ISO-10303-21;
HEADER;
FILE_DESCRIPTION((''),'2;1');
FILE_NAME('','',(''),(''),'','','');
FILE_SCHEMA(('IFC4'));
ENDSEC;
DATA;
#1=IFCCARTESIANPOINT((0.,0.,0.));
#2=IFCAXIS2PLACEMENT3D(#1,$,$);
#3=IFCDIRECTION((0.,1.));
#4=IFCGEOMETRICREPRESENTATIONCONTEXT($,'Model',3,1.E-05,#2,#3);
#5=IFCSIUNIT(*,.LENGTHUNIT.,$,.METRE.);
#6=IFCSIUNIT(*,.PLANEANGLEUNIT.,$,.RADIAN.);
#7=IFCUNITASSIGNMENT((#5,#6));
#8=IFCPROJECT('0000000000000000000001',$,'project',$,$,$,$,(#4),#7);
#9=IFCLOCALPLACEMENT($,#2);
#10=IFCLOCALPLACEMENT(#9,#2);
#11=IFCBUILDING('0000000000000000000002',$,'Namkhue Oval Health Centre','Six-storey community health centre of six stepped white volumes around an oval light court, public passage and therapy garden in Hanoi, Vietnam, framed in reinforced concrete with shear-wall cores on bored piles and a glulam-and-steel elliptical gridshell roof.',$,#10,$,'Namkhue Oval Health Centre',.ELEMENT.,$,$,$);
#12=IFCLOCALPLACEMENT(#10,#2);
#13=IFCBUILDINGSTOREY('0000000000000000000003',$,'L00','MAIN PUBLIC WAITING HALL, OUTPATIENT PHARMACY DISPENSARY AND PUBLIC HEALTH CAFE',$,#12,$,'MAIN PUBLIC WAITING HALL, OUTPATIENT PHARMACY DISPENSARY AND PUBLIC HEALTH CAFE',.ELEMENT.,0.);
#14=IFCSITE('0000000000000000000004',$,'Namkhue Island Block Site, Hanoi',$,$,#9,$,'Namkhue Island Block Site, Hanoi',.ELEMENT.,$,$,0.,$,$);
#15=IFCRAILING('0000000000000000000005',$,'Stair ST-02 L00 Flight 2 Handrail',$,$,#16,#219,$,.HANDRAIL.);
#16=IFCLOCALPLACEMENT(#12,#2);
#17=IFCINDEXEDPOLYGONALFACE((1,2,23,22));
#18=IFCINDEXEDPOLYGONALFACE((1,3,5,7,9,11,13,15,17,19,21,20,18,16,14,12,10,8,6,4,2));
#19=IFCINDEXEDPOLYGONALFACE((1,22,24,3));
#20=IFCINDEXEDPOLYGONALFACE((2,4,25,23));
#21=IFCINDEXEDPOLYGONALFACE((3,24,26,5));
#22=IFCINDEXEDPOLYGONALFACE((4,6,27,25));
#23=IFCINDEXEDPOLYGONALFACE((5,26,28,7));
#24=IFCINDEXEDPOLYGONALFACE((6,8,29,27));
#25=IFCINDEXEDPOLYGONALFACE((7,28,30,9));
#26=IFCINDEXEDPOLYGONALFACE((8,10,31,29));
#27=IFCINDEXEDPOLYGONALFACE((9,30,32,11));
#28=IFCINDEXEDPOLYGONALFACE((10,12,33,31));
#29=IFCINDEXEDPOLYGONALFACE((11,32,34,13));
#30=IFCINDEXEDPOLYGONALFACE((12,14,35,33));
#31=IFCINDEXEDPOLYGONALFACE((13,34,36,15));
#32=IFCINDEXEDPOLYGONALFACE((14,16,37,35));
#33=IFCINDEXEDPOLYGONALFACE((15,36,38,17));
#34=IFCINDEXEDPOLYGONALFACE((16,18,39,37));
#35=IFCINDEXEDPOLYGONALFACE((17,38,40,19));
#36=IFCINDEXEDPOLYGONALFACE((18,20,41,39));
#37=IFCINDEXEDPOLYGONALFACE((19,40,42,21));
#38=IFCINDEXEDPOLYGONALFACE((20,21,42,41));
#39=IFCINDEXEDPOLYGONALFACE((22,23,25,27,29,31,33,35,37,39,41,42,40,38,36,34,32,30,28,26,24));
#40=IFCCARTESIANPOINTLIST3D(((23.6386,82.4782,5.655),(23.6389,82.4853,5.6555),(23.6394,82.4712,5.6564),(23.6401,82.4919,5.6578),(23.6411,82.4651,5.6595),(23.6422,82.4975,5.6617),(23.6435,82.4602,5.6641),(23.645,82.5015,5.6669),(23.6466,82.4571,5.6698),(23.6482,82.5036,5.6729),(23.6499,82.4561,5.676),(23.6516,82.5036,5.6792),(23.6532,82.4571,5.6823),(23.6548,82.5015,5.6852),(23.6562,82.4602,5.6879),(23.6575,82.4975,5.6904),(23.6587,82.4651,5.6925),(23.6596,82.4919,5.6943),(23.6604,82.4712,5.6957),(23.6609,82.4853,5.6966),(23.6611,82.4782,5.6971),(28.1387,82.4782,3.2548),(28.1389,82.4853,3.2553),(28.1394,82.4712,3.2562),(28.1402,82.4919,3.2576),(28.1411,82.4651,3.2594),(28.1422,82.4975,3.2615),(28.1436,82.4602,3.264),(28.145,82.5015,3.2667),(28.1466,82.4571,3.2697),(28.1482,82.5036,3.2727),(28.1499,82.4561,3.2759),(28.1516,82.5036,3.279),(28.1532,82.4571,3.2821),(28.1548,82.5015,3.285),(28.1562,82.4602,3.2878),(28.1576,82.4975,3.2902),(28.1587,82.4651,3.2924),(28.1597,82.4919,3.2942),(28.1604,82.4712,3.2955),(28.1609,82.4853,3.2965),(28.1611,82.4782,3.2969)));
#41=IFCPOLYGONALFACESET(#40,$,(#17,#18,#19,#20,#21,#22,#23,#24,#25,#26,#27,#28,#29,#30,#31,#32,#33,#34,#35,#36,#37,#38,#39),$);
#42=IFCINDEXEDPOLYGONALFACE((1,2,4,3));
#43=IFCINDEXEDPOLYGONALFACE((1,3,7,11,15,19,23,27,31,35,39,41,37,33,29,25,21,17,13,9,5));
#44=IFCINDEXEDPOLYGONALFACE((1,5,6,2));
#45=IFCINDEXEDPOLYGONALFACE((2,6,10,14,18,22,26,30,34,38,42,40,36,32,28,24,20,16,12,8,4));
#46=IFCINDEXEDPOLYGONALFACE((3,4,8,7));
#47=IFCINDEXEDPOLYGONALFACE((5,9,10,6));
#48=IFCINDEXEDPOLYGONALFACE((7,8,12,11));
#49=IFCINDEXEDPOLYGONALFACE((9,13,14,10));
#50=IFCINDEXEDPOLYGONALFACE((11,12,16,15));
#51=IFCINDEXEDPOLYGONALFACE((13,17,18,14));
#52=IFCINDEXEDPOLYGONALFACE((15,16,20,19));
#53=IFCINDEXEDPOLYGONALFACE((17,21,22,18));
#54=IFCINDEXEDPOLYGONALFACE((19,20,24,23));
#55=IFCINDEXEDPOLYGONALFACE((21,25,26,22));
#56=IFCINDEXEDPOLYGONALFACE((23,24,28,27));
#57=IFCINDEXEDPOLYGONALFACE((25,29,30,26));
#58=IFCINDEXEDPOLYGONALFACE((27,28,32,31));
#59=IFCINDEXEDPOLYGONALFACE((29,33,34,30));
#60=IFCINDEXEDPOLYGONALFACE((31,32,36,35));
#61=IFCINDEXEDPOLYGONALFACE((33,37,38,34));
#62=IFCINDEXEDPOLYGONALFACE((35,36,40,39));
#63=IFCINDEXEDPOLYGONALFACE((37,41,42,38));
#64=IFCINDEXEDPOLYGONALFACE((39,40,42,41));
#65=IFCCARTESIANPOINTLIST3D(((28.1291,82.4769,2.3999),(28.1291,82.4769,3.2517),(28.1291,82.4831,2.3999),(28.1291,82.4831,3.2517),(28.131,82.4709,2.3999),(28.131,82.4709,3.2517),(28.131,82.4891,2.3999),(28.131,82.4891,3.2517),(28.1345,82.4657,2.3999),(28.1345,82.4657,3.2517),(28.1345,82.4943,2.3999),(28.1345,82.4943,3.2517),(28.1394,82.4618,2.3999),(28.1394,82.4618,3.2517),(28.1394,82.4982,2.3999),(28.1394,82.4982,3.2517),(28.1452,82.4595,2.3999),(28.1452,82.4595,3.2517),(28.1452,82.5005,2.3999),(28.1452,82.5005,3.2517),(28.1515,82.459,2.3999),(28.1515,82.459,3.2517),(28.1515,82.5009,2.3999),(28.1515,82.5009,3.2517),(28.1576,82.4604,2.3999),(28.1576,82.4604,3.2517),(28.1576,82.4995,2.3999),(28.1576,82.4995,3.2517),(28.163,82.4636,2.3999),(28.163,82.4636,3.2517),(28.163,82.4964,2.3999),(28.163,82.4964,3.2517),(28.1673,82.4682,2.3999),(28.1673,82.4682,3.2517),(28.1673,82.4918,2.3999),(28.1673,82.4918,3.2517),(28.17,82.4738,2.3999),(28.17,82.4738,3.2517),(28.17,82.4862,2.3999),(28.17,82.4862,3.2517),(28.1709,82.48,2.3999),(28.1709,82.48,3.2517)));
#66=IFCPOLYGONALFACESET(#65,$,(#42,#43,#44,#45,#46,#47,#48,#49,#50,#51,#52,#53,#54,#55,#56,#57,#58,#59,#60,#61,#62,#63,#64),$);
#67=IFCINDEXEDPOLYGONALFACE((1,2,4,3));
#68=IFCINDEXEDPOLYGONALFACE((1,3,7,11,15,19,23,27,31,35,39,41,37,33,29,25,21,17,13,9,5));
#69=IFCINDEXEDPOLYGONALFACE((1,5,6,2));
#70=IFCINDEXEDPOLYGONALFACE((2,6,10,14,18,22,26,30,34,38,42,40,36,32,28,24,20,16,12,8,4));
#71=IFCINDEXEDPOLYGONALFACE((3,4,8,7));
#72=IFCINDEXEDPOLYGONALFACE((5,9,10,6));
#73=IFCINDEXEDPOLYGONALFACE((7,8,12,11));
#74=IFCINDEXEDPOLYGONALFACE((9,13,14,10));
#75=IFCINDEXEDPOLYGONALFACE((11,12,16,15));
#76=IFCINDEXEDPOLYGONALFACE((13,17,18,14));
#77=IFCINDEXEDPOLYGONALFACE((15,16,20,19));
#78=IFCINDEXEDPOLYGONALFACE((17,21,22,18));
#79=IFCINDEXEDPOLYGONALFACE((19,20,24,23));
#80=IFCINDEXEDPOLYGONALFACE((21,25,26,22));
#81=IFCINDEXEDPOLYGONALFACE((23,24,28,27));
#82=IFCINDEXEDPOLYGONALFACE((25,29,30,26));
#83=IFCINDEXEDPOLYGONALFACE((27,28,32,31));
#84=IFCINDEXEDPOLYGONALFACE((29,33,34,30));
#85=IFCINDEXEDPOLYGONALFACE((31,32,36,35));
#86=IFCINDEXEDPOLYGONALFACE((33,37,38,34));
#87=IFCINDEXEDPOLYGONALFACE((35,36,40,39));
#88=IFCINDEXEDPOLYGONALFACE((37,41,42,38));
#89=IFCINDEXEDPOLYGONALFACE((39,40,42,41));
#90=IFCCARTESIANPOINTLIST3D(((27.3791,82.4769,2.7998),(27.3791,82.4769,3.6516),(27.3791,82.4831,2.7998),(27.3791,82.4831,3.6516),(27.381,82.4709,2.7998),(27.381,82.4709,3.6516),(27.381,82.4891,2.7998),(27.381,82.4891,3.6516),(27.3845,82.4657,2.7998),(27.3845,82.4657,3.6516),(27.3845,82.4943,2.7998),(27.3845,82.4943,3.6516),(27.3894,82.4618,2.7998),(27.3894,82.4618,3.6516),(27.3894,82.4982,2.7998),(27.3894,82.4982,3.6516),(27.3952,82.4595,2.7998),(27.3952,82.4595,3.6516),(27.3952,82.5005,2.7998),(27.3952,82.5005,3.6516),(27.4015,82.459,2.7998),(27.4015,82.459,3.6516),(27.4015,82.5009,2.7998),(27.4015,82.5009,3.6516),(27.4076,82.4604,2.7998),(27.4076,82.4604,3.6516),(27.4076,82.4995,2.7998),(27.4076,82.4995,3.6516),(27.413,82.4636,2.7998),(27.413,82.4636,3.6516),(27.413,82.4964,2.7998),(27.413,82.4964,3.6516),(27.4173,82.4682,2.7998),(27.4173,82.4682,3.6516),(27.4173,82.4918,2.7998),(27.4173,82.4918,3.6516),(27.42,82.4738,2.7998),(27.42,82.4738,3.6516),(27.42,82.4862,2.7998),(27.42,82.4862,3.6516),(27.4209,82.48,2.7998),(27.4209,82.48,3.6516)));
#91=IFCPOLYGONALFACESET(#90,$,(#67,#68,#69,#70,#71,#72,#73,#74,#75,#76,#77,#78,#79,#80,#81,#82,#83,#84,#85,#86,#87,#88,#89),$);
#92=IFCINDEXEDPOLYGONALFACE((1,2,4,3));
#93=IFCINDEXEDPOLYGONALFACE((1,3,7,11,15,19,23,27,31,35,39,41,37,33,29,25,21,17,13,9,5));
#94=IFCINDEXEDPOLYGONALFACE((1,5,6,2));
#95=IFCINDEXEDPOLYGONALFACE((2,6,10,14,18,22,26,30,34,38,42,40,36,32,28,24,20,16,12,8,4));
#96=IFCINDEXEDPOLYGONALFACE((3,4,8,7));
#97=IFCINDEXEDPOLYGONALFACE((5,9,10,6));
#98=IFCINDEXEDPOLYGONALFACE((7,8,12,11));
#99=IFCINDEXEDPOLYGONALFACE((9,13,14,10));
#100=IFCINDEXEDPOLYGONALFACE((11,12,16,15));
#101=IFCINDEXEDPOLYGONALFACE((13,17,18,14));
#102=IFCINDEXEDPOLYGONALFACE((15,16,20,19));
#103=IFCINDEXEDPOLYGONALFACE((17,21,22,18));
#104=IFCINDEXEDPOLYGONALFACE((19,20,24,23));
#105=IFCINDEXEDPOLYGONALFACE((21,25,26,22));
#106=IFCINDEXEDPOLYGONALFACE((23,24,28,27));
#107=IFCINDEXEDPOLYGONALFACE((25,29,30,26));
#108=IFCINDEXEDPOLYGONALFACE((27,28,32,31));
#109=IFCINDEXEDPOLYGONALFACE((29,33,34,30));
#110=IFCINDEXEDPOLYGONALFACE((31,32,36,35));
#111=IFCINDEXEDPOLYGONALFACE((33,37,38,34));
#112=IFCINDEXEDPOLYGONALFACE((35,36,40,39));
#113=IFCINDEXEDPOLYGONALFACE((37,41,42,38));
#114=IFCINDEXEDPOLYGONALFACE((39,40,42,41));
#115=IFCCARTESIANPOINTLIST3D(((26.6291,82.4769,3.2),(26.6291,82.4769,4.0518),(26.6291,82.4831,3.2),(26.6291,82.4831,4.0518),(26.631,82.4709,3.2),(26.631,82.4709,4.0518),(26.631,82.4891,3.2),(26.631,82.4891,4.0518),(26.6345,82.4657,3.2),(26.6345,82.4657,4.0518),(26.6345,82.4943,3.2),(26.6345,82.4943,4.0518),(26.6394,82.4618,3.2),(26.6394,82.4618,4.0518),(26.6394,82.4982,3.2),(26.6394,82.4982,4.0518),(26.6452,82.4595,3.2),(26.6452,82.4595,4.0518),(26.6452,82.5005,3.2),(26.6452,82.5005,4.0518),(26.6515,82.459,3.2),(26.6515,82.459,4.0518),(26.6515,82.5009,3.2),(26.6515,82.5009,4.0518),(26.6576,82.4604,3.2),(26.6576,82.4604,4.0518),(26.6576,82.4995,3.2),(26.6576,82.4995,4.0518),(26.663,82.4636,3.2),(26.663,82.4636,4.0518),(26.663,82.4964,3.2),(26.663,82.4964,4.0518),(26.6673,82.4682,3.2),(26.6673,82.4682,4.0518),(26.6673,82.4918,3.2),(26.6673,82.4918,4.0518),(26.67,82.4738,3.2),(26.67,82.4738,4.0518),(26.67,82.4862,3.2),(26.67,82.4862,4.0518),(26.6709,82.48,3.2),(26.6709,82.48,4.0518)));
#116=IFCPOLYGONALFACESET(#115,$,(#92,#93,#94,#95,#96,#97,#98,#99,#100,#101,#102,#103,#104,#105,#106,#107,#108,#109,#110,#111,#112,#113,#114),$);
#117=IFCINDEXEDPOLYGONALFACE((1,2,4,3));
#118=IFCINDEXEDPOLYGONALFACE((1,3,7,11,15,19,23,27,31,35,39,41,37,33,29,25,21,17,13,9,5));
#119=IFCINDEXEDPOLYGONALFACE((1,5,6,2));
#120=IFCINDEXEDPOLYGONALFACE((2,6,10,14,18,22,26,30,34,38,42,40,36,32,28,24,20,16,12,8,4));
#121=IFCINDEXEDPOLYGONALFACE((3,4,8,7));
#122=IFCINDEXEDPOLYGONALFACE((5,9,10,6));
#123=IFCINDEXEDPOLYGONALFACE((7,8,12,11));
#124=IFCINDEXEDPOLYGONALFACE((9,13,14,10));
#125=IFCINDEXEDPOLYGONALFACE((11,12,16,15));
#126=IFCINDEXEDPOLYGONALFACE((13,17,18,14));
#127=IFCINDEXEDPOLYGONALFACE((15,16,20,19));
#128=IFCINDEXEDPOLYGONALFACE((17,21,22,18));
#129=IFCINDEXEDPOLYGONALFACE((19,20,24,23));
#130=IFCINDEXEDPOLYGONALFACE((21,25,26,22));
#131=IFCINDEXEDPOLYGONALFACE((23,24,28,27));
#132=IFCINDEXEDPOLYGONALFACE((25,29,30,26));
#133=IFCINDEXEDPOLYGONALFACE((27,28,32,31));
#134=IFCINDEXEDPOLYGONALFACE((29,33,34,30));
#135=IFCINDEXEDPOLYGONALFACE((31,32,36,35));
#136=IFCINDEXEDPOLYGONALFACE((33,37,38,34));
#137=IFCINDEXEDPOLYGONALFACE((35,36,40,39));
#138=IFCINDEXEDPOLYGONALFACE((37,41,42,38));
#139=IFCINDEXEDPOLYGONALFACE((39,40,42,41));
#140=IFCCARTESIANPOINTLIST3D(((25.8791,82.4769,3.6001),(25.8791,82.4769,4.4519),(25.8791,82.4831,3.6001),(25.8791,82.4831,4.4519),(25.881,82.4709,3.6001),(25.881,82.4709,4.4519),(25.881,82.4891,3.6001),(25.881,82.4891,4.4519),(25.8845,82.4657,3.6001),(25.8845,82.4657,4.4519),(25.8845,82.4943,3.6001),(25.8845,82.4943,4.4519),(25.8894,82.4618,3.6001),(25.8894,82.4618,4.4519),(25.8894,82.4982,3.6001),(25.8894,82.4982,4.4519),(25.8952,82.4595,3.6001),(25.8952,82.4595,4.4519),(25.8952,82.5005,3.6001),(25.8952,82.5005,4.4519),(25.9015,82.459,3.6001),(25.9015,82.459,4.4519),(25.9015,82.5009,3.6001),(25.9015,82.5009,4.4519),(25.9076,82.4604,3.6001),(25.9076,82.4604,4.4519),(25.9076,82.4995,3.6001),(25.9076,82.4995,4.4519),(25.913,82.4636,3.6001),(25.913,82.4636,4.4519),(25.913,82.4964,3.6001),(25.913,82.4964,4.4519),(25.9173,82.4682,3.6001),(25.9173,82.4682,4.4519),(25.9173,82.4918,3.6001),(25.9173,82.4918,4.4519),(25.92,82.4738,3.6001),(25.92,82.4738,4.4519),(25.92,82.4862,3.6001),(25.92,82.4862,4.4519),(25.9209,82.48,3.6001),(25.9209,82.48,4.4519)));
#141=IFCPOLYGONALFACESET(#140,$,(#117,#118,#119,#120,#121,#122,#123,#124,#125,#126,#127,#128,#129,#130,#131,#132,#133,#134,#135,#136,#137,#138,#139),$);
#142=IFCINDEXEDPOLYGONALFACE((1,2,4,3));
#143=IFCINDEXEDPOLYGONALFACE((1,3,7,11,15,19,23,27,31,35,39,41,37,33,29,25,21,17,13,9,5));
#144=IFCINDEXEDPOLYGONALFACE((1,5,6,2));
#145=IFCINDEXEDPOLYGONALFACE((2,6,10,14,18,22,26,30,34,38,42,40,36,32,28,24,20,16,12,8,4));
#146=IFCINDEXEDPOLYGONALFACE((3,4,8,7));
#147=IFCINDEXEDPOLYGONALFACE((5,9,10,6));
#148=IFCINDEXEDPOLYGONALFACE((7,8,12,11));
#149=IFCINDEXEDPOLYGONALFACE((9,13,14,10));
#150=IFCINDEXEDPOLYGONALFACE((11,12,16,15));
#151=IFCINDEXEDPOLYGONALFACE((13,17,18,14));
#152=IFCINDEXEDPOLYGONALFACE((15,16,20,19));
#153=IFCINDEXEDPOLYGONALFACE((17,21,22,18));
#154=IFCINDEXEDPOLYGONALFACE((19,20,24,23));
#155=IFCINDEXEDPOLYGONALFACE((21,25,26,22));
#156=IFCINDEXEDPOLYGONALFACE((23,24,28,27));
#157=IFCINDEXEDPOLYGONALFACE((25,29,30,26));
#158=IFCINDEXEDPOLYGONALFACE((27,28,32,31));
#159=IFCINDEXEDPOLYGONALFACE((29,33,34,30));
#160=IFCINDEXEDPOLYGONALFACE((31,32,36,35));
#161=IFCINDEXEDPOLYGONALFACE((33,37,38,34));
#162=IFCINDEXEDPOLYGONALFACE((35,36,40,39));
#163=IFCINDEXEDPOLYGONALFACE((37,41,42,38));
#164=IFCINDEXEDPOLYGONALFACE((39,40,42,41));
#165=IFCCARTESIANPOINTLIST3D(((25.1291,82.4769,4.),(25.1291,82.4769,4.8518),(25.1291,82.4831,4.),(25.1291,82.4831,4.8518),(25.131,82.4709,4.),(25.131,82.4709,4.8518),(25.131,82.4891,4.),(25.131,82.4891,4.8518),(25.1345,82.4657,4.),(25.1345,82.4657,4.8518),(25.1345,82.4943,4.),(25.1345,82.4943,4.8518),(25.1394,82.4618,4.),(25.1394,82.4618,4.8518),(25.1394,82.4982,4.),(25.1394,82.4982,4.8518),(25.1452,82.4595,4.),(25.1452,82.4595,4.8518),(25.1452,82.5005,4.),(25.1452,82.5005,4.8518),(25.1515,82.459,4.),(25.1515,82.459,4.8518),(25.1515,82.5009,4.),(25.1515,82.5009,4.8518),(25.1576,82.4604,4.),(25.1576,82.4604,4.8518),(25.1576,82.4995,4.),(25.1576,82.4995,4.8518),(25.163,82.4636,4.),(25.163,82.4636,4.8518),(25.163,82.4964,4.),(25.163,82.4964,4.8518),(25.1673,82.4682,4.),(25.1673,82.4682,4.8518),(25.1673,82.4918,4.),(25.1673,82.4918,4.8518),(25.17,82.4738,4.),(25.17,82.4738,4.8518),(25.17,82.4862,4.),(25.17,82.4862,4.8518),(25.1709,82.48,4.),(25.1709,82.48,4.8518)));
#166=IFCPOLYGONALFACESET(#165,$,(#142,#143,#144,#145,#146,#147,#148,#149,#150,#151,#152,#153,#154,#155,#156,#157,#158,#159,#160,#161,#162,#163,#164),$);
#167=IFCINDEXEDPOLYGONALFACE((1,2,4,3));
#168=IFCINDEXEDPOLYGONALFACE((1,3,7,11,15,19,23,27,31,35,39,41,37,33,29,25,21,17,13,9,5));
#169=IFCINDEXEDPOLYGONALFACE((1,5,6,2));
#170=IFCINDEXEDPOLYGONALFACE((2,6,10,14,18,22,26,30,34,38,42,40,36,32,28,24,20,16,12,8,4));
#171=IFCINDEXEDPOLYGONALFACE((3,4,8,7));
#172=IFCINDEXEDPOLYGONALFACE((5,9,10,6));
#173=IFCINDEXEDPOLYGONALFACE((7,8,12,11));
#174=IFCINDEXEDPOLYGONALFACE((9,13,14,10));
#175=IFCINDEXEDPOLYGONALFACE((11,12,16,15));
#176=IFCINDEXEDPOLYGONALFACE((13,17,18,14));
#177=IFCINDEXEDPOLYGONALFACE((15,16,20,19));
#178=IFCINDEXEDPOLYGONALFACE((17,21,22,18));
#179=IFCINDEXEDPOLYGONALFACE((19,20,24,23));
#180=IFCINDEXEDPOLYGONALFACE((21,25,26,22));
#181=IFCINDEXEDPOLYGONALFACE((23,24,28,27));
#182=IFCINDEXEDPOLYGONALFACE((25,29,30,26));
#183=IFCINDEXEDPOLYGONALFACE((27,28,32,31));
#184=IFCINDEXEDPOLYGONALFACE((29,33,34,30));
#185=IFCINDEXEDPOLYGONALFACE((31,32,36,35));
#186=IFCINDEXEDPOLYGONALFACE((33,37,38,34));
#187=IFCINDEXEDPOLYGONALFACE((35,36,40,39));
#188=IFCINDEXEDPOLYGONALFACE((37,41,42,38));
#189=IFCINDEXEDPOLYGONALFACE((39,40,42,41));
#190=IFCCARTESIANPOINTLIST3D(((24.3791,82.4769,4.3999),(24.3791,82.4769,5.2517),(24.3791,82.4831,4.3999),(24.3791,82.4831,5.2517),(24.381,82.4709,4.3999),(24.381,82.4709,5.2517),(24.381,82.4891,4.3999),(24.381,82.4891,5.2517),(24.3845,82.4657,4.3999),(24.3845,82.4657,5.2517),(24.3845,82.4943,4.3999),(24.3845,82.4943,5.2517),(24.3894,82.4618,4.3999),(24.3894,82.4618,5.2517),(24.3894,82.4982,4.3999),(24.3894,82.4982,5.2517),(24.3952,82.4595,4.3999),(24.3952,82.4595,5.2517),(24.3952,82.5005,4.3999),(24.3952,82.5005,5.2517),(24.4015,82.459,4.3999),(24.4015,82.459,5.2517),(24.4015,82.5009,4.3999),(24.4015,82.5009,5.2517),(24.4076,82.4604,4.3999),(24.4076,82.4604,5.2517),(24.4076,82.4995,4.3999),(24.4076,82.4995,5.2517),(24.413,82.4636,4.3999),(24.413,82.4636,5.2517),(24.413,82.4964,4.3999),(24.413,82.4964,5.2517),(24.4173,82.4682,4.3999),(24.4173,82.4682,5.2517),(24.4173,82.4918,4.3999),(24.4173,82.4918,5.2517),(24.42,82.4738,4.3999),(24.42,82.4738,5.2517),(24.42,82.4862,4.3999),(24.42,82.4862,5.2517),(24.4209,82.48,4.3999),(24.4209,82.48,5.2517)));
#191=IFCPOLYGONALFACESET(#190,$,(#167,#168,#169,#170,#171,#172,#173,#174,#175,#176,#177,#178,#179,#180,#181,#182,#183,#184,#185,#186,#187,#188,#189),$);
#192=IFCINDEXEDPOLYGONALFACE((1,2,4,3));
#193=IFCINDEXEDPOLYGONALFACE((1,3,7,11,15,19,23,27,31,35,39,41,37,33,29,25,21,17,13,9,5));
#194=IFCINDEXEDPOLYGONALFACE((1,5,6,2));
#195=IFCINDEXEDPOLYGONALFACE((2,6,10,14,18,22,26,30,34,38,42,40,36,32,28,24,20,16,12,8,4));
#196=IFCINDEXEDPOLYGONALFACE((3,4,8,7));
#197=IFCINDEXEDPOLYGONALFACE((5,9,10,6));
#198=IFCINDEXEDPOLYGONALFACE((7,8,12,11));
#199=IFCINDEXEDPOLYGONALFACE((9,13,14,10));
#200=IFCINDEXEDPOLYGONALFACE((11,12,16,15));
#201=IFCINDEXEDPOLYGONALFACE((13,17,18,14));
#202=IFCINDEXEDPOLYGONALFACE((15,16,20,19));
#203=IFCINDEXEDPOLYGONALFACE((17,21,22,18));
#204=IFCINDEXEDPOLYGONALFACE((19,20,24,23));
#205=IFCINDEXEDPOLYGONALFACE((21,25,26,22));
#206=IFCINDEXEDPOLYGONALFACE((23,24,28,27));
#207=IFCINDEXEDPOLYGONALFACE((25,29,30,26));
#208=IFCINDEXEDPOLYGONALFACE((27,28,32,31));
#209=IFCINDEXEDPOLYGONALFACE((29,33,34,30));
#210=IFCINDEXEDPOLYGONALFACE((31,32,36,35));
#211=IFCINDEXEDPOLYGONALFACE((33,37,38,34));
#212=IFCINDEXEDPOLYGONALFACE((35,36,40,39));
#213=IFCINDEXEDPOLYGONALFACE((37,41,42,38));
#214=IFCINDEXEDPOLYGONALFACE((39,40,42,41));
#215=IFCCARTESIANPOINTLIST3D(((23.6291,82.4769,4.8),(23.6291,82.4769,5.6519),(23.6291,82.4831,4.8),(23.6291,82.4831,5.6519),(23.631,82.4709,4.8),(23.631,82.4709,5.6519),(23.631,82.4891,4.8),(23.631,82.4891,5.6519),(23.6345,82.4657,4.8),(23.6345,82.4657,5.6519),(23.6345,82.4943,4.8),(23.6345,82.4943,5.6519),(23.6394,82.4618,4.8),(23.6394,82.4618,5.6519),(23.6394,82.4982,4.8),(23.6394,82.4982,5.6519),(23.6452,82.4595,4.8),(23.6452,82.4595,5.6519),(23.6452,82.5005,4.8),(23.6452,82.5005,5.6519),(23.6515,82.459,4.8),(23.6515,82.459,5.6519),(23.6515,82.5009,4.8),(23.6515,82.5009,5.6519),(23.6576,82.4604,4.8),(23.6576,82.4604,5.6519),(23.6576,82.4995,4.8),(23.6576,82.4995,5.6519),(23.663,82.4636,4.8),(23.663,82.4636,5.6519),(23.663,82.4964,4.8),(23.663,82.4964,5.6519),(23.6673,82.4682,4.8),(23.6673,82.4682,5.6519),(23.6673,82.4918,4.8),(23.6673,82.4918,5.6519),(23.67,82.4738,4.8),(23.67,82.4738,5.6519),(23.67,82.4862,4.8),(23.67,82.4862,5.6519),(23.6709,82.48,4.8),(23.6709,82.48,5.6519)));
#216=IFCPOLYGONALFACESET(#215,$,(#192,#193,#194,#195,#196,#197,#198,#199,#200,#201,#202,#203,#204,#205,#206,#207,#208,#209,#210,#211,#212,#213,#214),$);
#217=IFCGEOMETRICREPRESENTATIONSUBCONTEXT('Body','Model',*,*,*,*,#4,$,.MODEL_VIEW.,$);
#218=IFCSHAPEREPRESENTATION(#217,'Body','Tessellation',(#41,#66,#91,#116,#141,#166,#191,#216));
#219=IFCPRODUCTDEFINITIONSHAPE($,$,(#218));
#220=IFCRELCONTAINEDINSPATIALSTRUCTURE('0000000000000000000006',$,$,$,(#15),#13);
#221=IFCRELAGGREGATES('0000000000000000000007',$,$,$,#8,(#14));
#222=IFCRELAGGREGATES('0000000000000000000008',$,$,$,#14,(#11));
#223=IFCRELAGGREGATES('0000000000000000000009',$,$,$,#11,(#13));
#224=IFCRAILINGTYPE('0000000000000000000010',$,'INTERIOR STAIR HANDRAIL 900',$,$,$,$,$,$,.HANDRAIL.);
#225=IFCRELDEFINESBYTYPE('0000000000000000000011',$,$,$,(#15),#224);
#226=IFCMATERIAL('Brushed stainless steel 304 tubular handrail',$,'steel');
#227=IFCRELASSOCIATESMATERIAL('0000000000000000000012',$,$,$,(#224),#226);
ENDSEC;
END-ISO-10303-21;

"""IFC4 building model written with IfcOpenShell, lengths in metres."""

from ifc_helpers import new_model, si_unit, direction, frame, origin, origin_2d, place, context, subcontext, project, spatial, circle, extrude, material, type_object, element, save


model = new_model("IFC4")

# Units and contexts
model_context = context("Model", 3, precision=1e-05, world=origin(), true_north=direction((0.0, 1.0)))
body_context = subcontext(model_context, "Body", "Model", "MODEL_VIEW")
ifc_project = project(units=[si_unit("LENGTHUNIT", "METRE"), si_unit("PLANEANGLEUNIT", "RADIAN")], contexts=[model_context])

# Site, building, storey
site_placement = place(None, origin())
site = spatial("IfcSite", under=ifc_project, at=site_placement, Name="Namkhue Island Block Site, Hanoi", LongName="Namkhue Island Block Site, Hanoi", CompositionType="ELEMENT", RefElevation=0.0)
building_placement = place(site_placement, origin())
building = spatial("IfcBuilding", under=site, at=building_placement, Name="Namkhue Oval Health Centre", Description="Six-storey community health centre of six stepped white volumes around an oval light court, public passage and therapy garden in Hanoi, Vietnam, framed in reinforced concrete with shear-wall cores on bored piles and a glulam-and-steel elliptical gridshell roof.", LongName="Namkhue Oval Health Centre", CompositionType="ELEMENT")
storey_placement = place(building_placement, origin())
storey = spatial("IfcBuildingStorey", under=building, at=storey_placement, Name="L00", Description="MAIN PUBLIC WAITING HALL, OUTPATIENT PHARMACY DISPENSARY AND PUBLIC HEALTH CAFE", LongName="MAIN PUBLIC WAITING HALL, OUTPATIENT PHARMACY DISPENSARY AND PUBLIC HEALTH CAFE", CompositionType="ELEMENT", Elevation=0.0)

# Railing
ifc_material_1 = material(Name="Brushed stainless steel 304 tubular handrail", Category="steel")
railing_type_1 = type_object("IfcRailingType", Name="INTERIOR STAIR HANDRAIL 900", PredefinedType="HANDRAIL", material=ifc_material_1)
railing_1_placement = place(storey_placement, frame((28.1499, 82.48, 2.3999)))
element("IfcRailing", 1, at=railing_1_placement, inside=storey, type_object=railing_type_1, Name="Stair ST-02 L00 Flight 2 Handrail", PredefinedType="HANDRAIL", context=body_context, shape_type="SweptSolid", body=[
    extrude(circle(Radius=0.0239, at=origin_2d()), frame((0.0, 0.0, 0.876), z_axis=(-0.882341, 0.0, 0.470611), x_axis=(0.0, -1.0, 0.0)), (0.0, 0.0, 1.0), 5.1001),
    extrude(circle(Radius=0.021, at=origin_2d()), origin(), (0.0, 0.0, 1.0), 0.8518),
    extrude(circle(Radius=0.021, at=origin_2d()), frame((-0.75, 0.0, 0.3999)), (0.0, 0.0, 1.0), 0.8518),
    extrude(circle(Radius=0.021, at=origin_2d()), frame((-1.5, 0.0, 0.8)), (0.0, 0.0, 1.0), 0.8518),
    extrude(circle(Radius=0.021, at=origin_2d()), frame((-2.25, 0.0, 1.2002)), (0.0, 0.0, 1.0), 0.8518),
    extrude(circle(Radius=0.021, at=origin_2d()), frame((-3.0, 0.0, 1.6001)), (0.0, 0.0, 1.0), 0.8518),
    extrude(circle(Radius=0.021, at=origin_2d()), frame((-3.75, 0.0, 2.0)), (0.0, 0.0, 1.0), 0.8518),
    extrude(circle(Radius=0.021, at=origin_2d()), frame((-4.5, 0.0, 2.4001)), (0.0, 0.0, 1.0), 0.8518),
])

save(model, "model.ifc")
